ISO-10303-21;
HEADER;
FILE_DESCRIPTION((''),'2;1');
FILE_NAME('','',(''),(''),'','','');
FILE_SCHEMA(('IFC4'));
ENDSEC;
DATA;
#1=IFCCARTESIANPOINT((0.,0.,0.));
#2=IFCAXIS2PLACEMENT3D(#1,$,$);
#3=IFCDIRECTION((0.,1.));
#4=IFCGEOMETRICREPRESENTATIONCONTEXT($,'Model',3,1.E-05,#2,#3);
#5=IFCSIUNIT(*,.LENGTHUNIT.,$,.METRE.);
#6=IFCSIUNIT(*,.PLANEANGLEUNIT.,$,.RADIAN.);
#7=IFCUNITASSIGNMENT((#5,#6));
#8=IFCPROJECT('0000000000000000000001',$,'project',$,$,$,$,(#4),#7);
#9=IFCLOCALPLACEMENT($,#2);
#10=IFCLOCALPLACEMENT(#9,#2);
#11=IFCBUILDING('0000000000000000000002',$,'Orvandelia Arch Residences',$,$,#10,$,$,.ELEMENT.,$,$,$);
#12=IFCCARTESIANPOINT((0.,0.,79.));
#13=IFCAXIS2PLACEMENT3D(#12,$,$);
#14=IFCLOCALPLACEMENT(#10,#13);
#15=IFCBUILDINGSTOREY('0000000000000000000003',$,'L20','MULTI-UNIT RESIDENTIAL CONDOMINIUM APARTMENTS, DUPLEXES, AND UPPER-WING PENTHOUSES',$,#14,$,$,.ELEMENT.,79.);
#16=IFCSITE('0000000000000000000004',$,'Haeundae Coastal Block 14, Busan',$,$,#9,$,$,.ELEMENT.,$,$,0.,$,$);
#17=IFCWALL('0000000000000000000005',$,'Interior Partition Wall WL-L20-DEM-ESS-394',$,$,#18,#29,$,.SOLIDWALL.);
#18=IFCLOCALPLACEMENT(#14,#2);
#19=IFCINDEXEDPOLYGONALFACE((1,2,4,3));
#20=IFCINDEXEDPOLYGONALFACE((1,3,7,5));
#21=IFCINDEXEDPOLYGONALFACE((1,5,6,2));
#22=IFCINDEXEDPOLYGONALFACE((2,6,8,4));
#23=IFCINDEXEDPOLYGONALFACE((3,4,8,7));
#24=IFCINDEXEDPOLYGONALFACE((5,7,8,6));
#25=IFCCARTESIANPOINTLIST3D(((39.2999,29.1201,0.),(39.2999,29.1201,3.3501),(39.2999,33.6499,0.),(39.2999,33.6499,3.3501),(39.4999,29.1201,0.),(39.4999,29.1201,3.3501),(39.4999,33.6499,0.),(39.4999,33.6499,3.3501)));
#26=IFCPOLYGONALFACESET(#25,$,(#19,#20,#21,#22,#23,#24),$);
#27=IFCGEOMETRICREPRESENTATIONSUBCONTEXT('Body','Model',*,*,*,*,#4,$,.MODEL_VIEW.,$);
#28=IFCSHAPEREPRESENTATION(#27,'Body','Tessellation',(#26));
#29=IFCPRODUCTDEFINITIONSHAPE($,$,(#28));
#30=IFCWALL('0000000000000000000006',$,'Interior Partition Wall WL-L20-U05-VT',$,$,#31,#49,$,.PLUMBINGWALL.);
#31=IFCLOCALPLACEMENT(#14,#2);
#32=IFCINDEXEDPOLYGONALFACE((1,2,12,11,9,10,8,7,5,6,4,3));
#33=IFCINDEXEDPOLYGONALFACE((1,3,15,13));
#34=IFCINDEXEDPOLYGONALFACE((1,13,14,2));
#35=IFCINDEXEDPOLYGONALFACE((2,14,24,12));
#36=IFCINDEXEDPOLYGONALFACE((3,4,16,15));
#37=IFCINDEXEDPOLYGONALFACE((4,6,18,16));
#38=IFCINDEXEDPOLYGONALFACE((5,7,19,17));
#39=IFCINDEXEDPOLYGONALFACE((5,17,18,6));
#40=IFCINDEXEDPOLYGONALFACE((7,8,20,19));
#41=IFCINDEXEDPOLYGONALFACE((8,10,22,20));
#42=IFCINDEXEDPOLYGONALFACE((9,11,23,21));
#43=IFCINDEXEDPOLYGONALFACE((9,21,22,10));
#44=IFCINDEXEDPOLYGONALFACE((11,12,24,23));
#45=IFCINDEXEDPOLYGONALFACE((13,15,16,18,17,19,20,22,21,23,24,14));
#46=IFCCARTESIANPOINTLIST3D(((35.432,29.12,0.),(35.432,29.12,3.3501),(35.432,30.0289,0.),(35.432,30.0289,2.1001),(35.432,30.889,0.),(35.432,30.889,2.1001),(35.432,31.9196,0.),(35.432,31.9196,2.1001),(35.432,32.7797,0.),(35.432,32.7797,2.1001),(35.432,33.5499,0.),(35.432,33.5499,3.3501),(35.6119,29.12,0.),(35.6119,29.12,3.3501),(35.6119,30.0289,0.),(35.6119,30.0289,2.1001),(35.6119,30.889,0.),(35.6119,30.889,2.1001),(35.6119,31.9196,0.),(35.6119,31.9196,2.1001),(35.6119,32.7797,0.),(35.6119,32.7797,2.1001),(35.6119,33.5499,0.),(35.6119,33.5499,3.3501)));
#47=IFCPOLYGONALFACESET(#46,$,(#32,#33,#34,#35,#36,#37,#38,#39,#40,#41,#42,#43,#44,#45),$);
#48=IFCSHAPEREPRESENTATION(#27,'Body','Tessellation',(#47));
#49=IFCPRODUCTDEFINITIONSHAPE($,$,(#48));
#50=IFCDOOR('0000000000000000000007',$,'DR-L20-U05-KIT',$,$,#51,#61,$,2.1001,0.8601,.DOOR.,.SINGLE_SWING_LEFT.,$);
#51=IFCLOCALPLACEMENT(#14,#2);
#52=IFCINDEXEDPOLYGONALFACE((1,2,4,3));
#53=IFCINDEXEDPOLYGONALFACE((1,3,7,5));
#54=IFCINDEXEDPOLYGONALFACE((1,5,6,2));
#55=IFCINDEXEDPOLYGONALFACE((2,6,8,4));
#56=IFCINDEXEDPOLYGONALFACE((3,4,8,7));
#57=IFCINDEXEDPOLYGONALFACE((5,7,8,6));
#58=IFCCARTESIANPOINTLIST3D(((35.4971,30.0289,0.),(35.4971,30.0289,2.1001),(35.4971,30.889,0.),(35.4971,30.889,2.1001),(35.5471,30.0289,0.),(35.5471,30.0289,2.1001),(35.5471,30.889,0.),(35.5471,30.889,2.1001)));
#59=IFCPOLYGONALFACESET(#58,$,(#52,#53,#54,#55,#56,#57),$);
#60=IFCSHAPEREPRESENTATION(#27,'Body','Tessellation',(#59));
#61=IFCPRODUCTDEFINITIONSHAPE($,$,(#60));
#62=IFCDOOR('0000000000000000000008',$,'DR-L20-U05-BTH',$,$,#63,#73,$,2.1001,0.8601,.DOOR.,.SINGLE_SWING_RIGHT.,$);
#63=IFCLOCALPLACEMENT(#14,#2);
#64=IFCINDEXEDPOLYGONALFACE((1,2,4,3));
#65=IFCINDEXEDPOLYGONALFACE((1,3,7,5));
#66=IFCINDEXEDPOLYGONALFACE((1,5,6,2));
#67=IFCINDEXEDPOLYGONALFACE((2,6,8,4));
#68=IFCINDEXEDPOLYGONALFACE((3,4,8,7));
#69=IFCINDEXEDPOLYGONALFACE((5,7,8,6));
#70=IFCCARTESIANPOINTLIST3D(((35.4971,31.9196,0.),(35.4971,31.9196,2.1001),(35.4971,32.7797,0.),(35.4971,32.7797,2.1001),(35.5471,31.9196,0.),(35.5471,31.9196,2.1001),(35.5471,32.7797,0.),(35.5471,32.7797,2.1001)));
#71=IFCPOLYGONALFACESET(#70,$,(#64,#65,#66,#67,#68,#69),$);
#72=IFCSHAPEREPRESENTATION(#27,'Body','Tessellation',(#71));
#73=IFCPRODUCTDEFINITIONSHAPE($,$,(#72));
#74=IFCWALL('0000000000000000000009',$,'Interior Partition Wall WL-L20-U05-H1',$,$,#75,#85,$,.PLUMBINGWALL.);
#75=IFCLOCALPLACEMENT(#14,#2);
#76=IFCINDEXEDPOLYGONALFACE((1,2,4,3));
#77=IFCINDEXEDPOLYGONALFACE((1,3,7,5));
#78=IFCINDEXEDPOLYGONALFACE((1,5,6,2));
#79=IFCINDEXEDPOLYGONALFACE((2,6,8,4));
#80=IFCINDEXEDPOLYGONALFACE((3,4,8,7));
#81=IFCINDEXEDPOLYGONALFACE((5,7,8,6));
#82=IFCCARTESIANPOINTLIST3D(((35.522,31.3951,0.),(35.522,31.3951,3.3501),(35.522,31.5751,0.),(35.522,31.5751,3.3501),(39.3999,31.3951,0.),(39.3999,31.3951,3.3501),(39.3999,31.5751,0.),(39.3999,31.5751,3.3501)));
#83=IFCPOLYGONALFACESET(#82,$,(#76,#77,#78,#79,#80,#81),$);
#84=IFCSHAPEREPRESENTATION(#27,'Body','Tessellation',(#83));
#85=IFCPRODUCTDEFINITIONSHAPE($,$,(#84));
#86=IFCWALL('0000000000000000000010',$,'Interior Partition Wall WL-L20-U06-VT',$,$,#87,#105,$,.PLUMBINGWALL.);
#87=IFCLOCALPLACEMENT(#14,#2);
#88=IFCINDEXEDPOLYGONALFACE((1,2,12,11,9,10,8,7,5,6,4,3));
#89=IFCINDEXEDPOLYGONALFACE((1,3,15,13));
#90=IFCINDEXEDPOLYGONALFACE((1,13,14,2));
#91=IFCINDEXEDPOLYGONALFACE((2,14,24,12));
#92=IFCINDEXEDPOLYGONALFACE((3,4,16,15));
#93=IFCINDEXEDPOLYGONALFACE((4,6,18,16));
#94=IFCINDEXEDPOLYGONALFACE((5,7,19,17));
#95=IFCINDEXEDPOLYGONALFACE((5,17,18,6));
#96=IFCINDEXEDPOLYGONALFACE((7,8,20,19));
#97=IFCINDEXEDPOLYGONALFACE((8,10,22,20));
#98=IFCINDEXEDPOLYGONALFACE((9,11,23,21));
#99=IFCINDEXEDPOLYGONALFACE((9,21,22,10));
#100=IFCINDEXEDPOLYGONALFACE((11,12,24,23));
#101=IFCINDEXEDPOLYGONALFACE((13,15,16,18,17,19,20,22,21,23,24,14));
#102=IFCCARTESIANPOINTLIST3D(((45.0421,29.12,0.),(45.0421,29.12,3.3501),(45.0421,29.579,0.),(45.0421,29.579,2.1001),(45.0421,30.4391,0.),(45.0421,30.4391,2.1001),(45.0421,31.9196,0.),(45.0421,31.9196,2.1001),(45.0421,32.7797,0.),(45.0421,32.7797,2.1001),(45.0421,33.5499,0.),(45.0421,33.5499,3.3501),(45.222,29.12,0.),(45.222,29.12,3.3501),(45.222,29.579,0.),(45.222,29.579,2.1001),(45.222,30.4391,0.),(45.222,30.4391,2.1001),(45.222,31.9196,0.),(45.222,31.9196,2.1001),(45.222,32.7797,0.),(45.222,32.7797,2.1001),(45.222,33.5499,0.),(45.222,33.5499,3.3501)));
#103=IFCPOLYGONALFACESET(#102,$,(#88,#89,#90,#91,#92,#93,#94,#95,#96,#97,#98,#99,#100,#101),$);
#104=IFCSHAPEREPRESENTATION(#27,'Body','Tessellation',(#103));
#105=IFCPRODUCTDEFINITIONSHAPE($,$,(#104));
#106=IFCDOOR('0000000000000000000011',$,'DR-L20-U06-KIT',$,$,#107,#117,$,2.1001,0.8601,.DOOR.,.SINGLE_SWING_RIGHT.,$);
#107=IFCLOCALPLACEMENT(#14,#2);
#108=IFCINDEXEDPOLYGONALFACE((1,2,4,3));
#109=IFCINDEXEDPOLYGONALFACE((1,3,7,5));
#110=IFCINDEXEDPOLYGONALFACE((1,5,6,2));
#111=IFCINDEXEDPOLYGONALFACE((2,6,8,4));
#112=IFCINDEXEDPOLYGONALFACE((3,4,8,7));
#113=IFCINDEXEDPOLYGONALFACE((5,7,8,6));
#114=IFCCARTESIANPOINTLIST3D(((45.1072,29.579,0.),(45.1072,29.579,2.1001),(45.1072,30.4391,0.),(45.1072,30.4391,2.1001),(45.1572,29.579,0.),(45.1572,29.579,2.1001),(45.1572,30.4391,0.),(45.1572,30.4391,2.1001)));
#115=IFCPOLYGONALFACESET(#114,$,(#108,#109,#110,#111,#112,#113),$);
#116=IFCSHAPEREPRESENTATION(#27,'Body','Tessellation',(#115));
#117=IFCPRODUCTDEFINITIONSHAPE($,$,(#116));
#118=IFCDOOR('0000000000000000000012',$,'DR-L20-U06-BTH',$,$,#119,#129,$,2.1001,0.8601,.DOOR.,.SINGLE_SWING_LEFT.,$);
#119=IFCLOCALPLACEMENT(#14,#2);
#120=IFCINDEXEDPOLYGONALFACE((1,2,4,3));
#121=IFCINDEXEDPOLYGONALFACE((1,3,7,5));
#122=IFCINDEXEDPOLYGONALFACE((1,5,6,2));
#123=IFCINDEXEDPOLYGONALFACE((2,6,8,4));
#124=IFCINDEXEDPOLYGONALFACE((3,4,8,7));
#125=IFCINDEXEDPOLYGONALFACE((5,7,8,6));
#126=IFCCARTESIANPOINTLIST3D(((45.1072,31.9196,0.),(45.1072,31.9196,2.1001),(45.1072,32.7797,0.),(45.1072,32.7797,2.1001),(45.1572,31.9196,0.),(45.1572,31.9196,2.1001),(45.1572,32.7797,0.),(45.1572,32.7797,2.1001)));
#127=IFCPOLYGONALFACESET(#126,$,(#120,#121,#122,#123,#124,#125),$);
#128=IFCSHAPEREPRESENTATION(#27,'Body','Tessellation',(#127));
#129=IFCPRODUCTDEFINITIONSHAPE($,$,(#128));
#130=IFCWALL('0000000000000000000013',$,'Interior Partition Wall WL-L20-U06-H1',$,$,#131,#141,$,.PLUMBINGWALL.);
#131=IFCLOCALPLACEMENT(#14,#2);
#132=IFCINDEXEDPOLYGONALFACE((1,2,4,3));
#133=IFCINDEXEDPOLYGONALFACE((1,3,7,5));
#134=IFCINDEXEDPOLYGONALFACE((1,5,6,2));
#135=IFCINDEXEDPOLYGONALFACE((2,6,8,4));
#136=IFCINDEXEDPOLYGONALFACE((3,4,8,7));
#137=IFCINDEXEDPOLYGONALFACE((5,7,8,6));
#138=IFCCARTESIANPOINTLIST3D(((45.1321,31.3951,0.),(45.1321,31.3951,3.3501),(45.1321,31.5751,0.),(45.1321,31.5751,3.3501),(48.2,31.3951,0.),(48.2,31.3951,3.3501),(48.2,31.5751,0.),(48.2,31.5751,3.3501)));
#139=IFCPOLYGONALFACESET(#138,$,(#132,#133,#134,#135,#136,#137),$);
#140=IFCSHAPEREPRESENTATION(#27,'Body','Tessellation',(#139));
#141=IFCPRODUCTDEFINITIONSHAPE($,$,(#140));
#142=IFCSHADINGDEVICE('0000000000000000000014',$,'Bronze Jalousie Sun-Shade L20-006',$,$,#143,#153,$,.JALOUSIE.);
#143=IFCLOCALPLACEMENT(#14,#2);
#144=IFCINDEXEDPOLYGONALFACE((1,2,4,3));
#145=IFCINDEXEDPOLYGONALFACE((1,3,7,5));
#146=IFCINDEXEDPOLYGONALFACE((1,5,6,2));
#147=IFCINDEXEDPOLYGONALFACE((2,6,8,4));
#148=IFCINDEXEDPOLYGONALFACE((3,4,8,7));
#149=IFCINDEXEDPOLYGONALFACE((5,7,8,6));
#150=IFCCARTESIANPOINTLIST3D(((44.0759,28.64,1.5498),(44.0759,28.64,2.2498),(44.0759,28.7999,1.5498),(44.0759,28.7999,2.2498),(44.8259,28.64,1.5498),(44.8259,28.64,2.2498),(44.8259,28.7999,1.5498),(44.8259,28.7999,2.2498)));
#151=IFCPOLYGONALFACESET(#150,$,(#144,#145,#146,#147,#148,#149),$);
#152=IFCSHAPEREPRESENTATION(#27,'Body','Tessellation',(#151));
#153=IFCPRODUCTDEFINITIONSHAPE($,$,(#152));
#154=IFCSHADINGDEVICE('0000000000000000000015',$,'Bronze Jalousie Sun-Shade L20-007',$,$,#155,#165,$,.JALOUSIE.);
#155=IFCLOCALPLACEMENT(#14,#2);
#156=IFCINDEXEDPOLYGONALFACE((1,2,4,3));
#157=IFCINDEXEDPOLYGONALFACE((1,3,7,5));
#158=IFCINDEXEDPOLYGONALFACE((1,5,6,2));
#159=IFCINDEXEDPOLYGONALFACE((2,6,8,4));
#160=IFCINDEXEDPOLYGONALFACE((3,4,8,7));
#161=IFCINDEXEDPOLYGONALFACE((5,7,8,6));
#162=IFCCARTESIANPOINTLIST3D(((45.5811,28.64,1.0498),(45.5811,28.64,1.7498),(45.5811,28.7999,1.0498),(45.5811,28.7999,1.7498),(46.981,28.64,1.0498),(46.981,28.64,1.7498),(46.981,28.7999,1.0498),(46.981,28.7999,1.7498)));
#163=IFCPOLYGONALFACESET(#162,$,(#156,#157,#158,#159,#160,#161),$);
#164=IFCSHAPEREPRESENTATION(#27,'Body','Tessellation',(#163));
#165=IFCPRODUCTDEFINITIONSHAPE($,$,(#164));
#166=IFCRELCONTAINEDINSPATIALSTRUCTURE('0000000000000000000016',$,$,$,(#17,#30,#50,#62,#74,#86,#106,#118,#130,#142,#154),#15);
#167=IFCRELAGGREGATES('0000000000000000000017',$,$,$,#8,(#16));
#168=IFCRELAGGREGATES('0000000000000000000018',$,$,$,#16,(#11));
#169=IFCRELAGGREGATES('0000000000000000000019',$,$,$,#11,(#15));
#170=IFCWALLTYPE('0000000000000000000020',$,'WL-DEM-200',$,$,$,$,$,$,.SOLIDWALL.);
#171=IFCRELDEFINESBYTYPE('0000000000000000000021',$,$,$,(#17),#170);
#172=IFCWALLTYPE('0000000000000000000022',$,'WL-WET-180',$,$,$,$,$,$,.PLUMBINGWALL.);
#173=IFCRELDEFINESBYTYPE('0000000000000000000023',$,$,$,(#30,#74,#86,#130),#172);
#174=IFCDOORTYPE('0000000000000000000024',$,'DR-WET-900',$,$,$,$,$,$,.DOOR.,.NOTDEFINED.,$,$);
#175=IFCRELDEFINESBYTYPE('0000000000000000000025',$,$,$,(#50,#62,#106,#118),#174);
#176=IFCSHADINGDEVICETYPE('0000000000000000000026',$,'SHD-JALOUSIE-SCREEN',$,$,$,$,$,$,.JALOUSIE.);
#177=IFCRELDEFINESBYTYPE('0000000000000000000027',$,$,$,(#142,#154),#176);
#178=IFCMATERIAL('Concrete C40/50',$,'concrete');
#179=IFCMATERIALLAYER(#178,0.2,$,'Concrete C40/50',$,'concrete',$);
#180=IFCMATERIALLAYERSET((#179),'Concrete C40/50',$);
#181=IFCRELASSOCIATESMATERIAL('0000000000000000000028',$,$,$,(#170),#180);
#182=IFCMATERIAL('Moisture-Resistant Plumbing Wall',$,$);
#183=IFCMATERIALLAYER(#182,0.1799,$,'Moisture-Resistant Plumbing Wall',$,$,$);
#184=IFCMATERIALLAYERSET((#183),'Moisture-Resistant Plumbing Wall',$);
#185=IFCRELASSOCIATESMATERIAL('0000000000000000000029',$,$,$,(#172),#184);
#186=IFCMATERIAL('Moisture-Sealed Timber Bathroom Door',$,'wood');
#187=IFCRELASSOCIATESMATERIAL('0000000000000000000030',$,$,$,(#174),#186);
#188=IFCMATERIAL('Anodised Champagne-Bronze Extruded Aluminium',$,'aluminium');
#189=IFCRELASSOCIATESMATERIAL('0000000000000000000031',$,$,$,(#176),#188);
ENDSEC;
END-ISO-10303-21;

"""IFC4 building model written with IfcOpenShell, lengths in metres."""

from ifc_helpers import new_model, si_unit, direction, frame, frame_2d, origin, origin_2d, place, context, subcontext, project, spatial, rectangle, extrude, material, layer, layer_set, type_object, element, fill, save


model = new_model("IFC4")

# Units and contexts
model_context = context("Model", 3, precision=1e-05, world=origin(), true_north=direction((0.0, 1.0)))
body_context = subcontext(model_context, "Body", "Model", "MODEL_VIEW")
ifc_project = project(units=[si_unit("LENGTHUNIT", "METRE"), si_unit("PLANEANGLEUNIT", "RADIAN")], contexts=[model_context])

# Site, building, storey
site_placement = place(None, origin())
site = spatial("IfcSite", under=ifc_project, at=site_placement, Name="Haeundae Coastal Block 14, Busan", CompositionType="ELEMENT", RefElevation=0.0)
building_placement = place(site_placement, origin())
building = spatial("IfcBuilding", under=site, at=building_placement, Name="Orvandelia Arch Residences", CompositionType="ELEMENT")
storey_placement = place(building_placement, frame((0.0, 0.0, 79.0)))
storey = spatial("IfcBuildingStorey", under=building, at=storey_placement, Name="L20", Description="MULTI-UNIT RESIDENTIAL CONDOMINIUM APARTMENTS, DUPLEXES, AND UPPER-WING PENTHOUSES", CompositionType="ELEMENT", Elevation=79.0)

# Wall
ifc_material_1 = material(Name="Concrete C40/50", Category="concrete")
ifc_layer_1 = layer(ifc_material_1, 0.2, Name="Concrete C40/50", Category="concrete")
ifc_layer_set_1 = layer_set([ifc_layer_1], Name="Concrete C40/50")
wall_type_1 = type_object("IfcWallType", Name="WL-DEM-200", PredefinedType="SOLIDWALL", material=ifc_layer_set_1)
wall_1_placement = place(storey_placement, frame((39.3999, 29.1201, 0.0), z_axis=(0.0, 0.0, 1.0), x_axis=(0.0, 1.0, 0.0)))
element("IfcWall", 1, at=wall_1_placement, inside=storey, type_object=wall_type_1, Name="Interior Partition Wall WL-L20-DEM-ESS-394", PredefinedType="SOLIDWALL", context=body_context, shape_type="SweptSolid", body=[
    extrude(rectangle(XDim=4.5298, YDim=0.2, at=frame_2d((2.2649, 0.0))), origin(), (0.0, 0.0, 1.0), 3.3501),
])

# Wall, openings, doors
ifc_material_2 = material(Name="Moisture-Resistant Plumbing Wall")
ifc_layer_2 = layer(ifc_material_2, 0.1799, Name="Moisture-Resistant Plumbing Wall")
ifc_layer_set_2 = layer_set([ifc_layer_2], Name="Moisture-Resistant Plumbing Wall")
wall_type_2 = type_object("IfcWallType", Name="WL-WET-180", PredefinedType="PLUMBINGWALL", material=ifc_layer_set_2)
wall_2_placement = place(storey_placement, frame((35.522, 29.1201, 0.0), z_axis=(0.0, 0.0, 1.0), x_axis=(0.0, 1.0, 0.0)))
wall_2 = element("IfcWall", 2, at=wall_2_placement, inside=storey, type_object=wall_type_2, Name="Interior Partition Wall WL-L20-U05-VT", PredefinedType="PLUMBINGWALL", context=body_context, shape_type="SweptSolid", body=[
    extrude(rectangle(XDim=4.4299, YDim=0.1799, at=frame_2d((2.2148, 0.0))), origin(), (0.0, 0.0, 1.0), 3.3501),
])
opening_1_placement = place(wall_2_placement, frame((0.9087, 0.0, 0.0)))
opening_1 = element("IfcOpeningElement", 3, at=opening_1_placement, cuts=wall_2, PredefinedType="OPENING", context=body_context, shape_type="SweptSolid", body=[
    extrude(rectangle(XDim=0.8601, YDim=2.1001, at=frame_2d((0.4302, 1.05))), frame((0.0, 0.1001, 0.0), z_axis=(0.0, -1.0, 0.0), x_axis=(1.0, 0.0, 0.0)), (0.0, 0.0, 1.0), 0.2),
])
opening_2_placement = place(wall_2_placement, frame((2.7993, 0.0, 0.0)))
opening_2 = element("IfcOpeningElement", 4, at=opening_2_placement, cuts=wall_2, PredefinedType="OPENING", context=body_context, shape_type="SweptSolid", body=[
    extrude(rectangle(XDim=0.8601, YDim=2.1001, at=frame_2d((0.4302, 1.05))), frame((0.0, 0.1001, 0.0), z_axis=(0.0, -1.0, 0.0), x_axis=(1.0, 0.0, 0.0)), (0.0, 0.0, 1.0), 0.2),
])
ifc_material_3 = material(Name="Moisture-Sealed Timber Bathroom Door", Category="wood")
door_type = type_object("IfcDoorType", Name="DR-WET-900", OperationType="NOTDEFINED", PredefinedType="DOOR", material=ifc_material_3)
door_1_placement = place(opening_1_placement, origin())
door_1 = element("IfcDoor", 5, at=door_1_placement, inside=storey, type_object=door_type, Name="DR-L20-U05-KIT", OperationType="SINGLE_SWING_LEFT", OverallHeight=2.1001, OverallWidth=0.8601, PredefinedType="DOOR", context=body_context, shape_type="SweptSolid", body=[
    extrude(rectangle(XDim=0.8601, YDim=2.1001, at=frame_2d((0.4302, 1.05))), frame((0.0, 0.0249, 0.0), z_axis=(0.0, -1.0, 0.0), x_axis=(1.0, 0.0, 0.0)), (0.0, 0.0, 1.0), 0.05),
])
fill(opening_1, door_1)
door_2_placement = place(opening_2_placement, origin())
door_2 = element("IfcDoor", 6, at=door_2_placement, inside=storey, type_object=door_type, Name="DR-L20-U05-BTH", OperationType="SINGLE_SWING_RIGHT", OverallHeight=2.1001, OverallWidth=0.8601, PredefinedType="DOOR", context=body_context, shape_type="SweptSolid", body=[
    extrude(rectangle(XDim=0.8601, YDim=2.1001, at=frame_2d((0.4302, 1.05))), frame((0.0, 0.0249, 0.0), z_axis=(0.0, -1.0, 0.0), x_axis=(1.0, 0.0, 0.0)), (0.0, 0.0, 1.0), 0.05),
])
fill(opening_2, door_2)

# Wall
wall_3_placement = place(storey_placement, frame((35.522, 31.4851, 0.0), z_axis=(0.0, 0.0, 1.0), x_axis=(1.0, 0.0, 0.0)))
element("IfcWall", 7, at=wall_3_placement, inside=storey, type_object=wall_type_2, Name="Interior Partition Wall WL-L20-U05-H1", PredefinedType="PLUMBINGWALL", context=body_context, shape_type="SweptSolid", body=[
    extrude(rectangle(XDim=3.8779, YDim=0.1799, at=frame_2d((1.939, 0.0))), origin(), (0.0, 0.0, 1.0), 3.3501),
])

# Wall, openings, doors
wall_4_placement = place(storey_placement, frame((45.1321, 29.1201, 0.0), z_axis=(0.0, 0.0, 1.0), x_axis=(0.0, 1.0, 0.0)))
wall_4 = element("IfcWall", 8, at=wall_4_placement, inside=storey, type_object=wall_type_2, Name="Interior Partition Wall WL-L20-U06-VT", PredefinedType="PLUMBINGWALL", context=body_context, shape_type="SweptSolid", body=[
    extrude(rectangle(XDim=4.4299, YDim=0.1799, at=frame_2d((2.2148, 0.0))), origin(), (0.0, 0.0, 1.0), 3.3501),
])
opening_3_placement = place(wall_4_placement, frame((0.4587, 0.0, 0.0)))
opening_3 = element("IfcOpeningElement", 9, at=opening_3_placement, cuts=wall_4, PredefinedType="OPENING", context=body_context, shape_type="SweptSolid", body=[
    extrude(rectangle(XDim=0.8601, YDim=2.1001, at=frame_2d((0.4302, 1.05))), frame((0.0, 0.1001, 0.0), z_axis=(0.0, -1.0, 0.0), x_axis=(1.0, 0.0, 0.0)), (0.0, 0.0, 1.0), 0.2),
])
opening_4_placement = place(wall_4_placement, frame((2.7993, 0.0, 0.0)))
opening_4 = element("IfcOpeningElement", 10, at=opening_4_placement, cuts=wall_4, PredefinedType="OPENING", context=body_context, shape_type="SweptSolid", body=[
    extrude(rectangle(XDim=0.8601, YDim=2.1001, at=frame_2d((0.4302, 1.05))), frame((0.0, 0.1001, 0.0), z_axis=(0.0, -1.0, 0.0), x_axis=(1.0, 0.0, 0.0)), (0.0, 0.0, 1.0), 0.2),
])
door_3_placement = place(opening_3_placement, origin())
door_3 = element("IfcDoor", 11, at=door_3_placement, inside=storey, type_object=door_type, Name="DR-L20-U06-KIT", OperationType="SINGLE_SWING_RIGHT", OverallHeight=2.1001, OverallWidth=0.8601, PredefinedType="DOOR", context=body_context, shape_type="SweptSolid", body=[
    extrude(rectangle(XDim=0.8601, YDim=2.1001, at=frame_2d((0.4302, 1.05))), frame((0.0, 0.0249, 0.0), z_axis=(0.0, -1.0, 0.0), x_axis=(1.0, 0.0, 0.0)), (0.0, 0.0, 1.0), 0.05),
])
fill(opening_3, door_3)
door_4_placement = place(opening_4_placement, origin())
door_4 = element("IfcDoor", 12, at=door_4_placement, inside=storey, type_object=door_type, Name="DR-L20-U06-BTH", OperationType="SINGLE_SWING_LEFT", OverallHeight=2.1001, OverallWidth=0.8601, PredefinedType="DOOR", context=body_context, shape_type="SweptSolid", body=[
    extrude(rectangle(XDim=0.8601, YDim=2.1001, at=frame_2d((0.4302, 1.05))), frame((0.0, 0.0249, 0.0), z_axis=(0.0, -1.0, 0.0), x_axis=(1.0, 0.0, 0.0)), (0.0, 0.0, 1.0), 0.05),
])
fill(opening_4, door_4)

# Wall
wall_5_placement = place(storey_placement, frame((45.1321, 31.4851, 0.0), z_axis=(0.0, 0.0, 1.0), x_axis=(1.0, 0.0, 0.0)))
element("IfcWall", 13, at=wall_5_placement, inside=storey, type_object=wall_type_2, Name="Interior Partition Wall WL-L20-U06-H1", PredefinedType="PLUMBINGWALL", context=body_context, shape_type="SweptSolid", body=[
    extrude(rectangle(XDim=3.0679, YDim=0.1799, at=frame_2d((1.5339, 0.0))), origin(), (0.0, 0.0, 1.0), 3.3501),
])

# Shading devices
ifc_material_4 = material(Name="Anodised Champagne-Bronze Extruded Aluminium", Category="aluminium")
shading_device_type_1 = type_object("IfcShadingDeviceType", Name="SHD-JALOUSIE-SCREEN", PredefinedType="JALOUSIE", material=ifc_material_4)
shading_device_1_placement = place(storey_placement, frame((44.4509, 28.72, 1.5498), z_axis=(0.0, 0.0, 1.0), x_axis=(-1.0, 0.0, 0.0)))
element("IfcShadingDevice", 14, at=shading_device_1_placement, inside=storey, type_object=shading_device_type_1, Name="Bronze Jalousie Sun-Shade L20-006", PredefinedType="JALOUSIE", context=body_context, shape_type="SweptSolid", body=[
    extrude(rectangle(XDim=0.75, YDim=0.1599, at=origin_2d()), origin(), (0.0, 0.0, 1.0), 0.7),
])
shading_device_2_placement = place(storey_placement, frame((46.281, 28.72, 1.0498), z_axis=(0.0, 0.0, 1.0), x_axis=(-1.0, 0.0, 0.0)))
element("IfcShadingDevice", 15, at=shading_device_2_placement, inside=storey, type_object=shading_device_type_1, Name="Bronze Jalousie Sun-Shade L20-007", PredefinedType="JALOUSIE", context=body_context, shape_type="SweptSolid", body=[
    extrude(rectangle(XDim=1.3999, YDim=0.1599, at=origin_2d()), origin(), (0.0, 0.0, 1.0), 0.7),
])

save(model, "model.ifc")
